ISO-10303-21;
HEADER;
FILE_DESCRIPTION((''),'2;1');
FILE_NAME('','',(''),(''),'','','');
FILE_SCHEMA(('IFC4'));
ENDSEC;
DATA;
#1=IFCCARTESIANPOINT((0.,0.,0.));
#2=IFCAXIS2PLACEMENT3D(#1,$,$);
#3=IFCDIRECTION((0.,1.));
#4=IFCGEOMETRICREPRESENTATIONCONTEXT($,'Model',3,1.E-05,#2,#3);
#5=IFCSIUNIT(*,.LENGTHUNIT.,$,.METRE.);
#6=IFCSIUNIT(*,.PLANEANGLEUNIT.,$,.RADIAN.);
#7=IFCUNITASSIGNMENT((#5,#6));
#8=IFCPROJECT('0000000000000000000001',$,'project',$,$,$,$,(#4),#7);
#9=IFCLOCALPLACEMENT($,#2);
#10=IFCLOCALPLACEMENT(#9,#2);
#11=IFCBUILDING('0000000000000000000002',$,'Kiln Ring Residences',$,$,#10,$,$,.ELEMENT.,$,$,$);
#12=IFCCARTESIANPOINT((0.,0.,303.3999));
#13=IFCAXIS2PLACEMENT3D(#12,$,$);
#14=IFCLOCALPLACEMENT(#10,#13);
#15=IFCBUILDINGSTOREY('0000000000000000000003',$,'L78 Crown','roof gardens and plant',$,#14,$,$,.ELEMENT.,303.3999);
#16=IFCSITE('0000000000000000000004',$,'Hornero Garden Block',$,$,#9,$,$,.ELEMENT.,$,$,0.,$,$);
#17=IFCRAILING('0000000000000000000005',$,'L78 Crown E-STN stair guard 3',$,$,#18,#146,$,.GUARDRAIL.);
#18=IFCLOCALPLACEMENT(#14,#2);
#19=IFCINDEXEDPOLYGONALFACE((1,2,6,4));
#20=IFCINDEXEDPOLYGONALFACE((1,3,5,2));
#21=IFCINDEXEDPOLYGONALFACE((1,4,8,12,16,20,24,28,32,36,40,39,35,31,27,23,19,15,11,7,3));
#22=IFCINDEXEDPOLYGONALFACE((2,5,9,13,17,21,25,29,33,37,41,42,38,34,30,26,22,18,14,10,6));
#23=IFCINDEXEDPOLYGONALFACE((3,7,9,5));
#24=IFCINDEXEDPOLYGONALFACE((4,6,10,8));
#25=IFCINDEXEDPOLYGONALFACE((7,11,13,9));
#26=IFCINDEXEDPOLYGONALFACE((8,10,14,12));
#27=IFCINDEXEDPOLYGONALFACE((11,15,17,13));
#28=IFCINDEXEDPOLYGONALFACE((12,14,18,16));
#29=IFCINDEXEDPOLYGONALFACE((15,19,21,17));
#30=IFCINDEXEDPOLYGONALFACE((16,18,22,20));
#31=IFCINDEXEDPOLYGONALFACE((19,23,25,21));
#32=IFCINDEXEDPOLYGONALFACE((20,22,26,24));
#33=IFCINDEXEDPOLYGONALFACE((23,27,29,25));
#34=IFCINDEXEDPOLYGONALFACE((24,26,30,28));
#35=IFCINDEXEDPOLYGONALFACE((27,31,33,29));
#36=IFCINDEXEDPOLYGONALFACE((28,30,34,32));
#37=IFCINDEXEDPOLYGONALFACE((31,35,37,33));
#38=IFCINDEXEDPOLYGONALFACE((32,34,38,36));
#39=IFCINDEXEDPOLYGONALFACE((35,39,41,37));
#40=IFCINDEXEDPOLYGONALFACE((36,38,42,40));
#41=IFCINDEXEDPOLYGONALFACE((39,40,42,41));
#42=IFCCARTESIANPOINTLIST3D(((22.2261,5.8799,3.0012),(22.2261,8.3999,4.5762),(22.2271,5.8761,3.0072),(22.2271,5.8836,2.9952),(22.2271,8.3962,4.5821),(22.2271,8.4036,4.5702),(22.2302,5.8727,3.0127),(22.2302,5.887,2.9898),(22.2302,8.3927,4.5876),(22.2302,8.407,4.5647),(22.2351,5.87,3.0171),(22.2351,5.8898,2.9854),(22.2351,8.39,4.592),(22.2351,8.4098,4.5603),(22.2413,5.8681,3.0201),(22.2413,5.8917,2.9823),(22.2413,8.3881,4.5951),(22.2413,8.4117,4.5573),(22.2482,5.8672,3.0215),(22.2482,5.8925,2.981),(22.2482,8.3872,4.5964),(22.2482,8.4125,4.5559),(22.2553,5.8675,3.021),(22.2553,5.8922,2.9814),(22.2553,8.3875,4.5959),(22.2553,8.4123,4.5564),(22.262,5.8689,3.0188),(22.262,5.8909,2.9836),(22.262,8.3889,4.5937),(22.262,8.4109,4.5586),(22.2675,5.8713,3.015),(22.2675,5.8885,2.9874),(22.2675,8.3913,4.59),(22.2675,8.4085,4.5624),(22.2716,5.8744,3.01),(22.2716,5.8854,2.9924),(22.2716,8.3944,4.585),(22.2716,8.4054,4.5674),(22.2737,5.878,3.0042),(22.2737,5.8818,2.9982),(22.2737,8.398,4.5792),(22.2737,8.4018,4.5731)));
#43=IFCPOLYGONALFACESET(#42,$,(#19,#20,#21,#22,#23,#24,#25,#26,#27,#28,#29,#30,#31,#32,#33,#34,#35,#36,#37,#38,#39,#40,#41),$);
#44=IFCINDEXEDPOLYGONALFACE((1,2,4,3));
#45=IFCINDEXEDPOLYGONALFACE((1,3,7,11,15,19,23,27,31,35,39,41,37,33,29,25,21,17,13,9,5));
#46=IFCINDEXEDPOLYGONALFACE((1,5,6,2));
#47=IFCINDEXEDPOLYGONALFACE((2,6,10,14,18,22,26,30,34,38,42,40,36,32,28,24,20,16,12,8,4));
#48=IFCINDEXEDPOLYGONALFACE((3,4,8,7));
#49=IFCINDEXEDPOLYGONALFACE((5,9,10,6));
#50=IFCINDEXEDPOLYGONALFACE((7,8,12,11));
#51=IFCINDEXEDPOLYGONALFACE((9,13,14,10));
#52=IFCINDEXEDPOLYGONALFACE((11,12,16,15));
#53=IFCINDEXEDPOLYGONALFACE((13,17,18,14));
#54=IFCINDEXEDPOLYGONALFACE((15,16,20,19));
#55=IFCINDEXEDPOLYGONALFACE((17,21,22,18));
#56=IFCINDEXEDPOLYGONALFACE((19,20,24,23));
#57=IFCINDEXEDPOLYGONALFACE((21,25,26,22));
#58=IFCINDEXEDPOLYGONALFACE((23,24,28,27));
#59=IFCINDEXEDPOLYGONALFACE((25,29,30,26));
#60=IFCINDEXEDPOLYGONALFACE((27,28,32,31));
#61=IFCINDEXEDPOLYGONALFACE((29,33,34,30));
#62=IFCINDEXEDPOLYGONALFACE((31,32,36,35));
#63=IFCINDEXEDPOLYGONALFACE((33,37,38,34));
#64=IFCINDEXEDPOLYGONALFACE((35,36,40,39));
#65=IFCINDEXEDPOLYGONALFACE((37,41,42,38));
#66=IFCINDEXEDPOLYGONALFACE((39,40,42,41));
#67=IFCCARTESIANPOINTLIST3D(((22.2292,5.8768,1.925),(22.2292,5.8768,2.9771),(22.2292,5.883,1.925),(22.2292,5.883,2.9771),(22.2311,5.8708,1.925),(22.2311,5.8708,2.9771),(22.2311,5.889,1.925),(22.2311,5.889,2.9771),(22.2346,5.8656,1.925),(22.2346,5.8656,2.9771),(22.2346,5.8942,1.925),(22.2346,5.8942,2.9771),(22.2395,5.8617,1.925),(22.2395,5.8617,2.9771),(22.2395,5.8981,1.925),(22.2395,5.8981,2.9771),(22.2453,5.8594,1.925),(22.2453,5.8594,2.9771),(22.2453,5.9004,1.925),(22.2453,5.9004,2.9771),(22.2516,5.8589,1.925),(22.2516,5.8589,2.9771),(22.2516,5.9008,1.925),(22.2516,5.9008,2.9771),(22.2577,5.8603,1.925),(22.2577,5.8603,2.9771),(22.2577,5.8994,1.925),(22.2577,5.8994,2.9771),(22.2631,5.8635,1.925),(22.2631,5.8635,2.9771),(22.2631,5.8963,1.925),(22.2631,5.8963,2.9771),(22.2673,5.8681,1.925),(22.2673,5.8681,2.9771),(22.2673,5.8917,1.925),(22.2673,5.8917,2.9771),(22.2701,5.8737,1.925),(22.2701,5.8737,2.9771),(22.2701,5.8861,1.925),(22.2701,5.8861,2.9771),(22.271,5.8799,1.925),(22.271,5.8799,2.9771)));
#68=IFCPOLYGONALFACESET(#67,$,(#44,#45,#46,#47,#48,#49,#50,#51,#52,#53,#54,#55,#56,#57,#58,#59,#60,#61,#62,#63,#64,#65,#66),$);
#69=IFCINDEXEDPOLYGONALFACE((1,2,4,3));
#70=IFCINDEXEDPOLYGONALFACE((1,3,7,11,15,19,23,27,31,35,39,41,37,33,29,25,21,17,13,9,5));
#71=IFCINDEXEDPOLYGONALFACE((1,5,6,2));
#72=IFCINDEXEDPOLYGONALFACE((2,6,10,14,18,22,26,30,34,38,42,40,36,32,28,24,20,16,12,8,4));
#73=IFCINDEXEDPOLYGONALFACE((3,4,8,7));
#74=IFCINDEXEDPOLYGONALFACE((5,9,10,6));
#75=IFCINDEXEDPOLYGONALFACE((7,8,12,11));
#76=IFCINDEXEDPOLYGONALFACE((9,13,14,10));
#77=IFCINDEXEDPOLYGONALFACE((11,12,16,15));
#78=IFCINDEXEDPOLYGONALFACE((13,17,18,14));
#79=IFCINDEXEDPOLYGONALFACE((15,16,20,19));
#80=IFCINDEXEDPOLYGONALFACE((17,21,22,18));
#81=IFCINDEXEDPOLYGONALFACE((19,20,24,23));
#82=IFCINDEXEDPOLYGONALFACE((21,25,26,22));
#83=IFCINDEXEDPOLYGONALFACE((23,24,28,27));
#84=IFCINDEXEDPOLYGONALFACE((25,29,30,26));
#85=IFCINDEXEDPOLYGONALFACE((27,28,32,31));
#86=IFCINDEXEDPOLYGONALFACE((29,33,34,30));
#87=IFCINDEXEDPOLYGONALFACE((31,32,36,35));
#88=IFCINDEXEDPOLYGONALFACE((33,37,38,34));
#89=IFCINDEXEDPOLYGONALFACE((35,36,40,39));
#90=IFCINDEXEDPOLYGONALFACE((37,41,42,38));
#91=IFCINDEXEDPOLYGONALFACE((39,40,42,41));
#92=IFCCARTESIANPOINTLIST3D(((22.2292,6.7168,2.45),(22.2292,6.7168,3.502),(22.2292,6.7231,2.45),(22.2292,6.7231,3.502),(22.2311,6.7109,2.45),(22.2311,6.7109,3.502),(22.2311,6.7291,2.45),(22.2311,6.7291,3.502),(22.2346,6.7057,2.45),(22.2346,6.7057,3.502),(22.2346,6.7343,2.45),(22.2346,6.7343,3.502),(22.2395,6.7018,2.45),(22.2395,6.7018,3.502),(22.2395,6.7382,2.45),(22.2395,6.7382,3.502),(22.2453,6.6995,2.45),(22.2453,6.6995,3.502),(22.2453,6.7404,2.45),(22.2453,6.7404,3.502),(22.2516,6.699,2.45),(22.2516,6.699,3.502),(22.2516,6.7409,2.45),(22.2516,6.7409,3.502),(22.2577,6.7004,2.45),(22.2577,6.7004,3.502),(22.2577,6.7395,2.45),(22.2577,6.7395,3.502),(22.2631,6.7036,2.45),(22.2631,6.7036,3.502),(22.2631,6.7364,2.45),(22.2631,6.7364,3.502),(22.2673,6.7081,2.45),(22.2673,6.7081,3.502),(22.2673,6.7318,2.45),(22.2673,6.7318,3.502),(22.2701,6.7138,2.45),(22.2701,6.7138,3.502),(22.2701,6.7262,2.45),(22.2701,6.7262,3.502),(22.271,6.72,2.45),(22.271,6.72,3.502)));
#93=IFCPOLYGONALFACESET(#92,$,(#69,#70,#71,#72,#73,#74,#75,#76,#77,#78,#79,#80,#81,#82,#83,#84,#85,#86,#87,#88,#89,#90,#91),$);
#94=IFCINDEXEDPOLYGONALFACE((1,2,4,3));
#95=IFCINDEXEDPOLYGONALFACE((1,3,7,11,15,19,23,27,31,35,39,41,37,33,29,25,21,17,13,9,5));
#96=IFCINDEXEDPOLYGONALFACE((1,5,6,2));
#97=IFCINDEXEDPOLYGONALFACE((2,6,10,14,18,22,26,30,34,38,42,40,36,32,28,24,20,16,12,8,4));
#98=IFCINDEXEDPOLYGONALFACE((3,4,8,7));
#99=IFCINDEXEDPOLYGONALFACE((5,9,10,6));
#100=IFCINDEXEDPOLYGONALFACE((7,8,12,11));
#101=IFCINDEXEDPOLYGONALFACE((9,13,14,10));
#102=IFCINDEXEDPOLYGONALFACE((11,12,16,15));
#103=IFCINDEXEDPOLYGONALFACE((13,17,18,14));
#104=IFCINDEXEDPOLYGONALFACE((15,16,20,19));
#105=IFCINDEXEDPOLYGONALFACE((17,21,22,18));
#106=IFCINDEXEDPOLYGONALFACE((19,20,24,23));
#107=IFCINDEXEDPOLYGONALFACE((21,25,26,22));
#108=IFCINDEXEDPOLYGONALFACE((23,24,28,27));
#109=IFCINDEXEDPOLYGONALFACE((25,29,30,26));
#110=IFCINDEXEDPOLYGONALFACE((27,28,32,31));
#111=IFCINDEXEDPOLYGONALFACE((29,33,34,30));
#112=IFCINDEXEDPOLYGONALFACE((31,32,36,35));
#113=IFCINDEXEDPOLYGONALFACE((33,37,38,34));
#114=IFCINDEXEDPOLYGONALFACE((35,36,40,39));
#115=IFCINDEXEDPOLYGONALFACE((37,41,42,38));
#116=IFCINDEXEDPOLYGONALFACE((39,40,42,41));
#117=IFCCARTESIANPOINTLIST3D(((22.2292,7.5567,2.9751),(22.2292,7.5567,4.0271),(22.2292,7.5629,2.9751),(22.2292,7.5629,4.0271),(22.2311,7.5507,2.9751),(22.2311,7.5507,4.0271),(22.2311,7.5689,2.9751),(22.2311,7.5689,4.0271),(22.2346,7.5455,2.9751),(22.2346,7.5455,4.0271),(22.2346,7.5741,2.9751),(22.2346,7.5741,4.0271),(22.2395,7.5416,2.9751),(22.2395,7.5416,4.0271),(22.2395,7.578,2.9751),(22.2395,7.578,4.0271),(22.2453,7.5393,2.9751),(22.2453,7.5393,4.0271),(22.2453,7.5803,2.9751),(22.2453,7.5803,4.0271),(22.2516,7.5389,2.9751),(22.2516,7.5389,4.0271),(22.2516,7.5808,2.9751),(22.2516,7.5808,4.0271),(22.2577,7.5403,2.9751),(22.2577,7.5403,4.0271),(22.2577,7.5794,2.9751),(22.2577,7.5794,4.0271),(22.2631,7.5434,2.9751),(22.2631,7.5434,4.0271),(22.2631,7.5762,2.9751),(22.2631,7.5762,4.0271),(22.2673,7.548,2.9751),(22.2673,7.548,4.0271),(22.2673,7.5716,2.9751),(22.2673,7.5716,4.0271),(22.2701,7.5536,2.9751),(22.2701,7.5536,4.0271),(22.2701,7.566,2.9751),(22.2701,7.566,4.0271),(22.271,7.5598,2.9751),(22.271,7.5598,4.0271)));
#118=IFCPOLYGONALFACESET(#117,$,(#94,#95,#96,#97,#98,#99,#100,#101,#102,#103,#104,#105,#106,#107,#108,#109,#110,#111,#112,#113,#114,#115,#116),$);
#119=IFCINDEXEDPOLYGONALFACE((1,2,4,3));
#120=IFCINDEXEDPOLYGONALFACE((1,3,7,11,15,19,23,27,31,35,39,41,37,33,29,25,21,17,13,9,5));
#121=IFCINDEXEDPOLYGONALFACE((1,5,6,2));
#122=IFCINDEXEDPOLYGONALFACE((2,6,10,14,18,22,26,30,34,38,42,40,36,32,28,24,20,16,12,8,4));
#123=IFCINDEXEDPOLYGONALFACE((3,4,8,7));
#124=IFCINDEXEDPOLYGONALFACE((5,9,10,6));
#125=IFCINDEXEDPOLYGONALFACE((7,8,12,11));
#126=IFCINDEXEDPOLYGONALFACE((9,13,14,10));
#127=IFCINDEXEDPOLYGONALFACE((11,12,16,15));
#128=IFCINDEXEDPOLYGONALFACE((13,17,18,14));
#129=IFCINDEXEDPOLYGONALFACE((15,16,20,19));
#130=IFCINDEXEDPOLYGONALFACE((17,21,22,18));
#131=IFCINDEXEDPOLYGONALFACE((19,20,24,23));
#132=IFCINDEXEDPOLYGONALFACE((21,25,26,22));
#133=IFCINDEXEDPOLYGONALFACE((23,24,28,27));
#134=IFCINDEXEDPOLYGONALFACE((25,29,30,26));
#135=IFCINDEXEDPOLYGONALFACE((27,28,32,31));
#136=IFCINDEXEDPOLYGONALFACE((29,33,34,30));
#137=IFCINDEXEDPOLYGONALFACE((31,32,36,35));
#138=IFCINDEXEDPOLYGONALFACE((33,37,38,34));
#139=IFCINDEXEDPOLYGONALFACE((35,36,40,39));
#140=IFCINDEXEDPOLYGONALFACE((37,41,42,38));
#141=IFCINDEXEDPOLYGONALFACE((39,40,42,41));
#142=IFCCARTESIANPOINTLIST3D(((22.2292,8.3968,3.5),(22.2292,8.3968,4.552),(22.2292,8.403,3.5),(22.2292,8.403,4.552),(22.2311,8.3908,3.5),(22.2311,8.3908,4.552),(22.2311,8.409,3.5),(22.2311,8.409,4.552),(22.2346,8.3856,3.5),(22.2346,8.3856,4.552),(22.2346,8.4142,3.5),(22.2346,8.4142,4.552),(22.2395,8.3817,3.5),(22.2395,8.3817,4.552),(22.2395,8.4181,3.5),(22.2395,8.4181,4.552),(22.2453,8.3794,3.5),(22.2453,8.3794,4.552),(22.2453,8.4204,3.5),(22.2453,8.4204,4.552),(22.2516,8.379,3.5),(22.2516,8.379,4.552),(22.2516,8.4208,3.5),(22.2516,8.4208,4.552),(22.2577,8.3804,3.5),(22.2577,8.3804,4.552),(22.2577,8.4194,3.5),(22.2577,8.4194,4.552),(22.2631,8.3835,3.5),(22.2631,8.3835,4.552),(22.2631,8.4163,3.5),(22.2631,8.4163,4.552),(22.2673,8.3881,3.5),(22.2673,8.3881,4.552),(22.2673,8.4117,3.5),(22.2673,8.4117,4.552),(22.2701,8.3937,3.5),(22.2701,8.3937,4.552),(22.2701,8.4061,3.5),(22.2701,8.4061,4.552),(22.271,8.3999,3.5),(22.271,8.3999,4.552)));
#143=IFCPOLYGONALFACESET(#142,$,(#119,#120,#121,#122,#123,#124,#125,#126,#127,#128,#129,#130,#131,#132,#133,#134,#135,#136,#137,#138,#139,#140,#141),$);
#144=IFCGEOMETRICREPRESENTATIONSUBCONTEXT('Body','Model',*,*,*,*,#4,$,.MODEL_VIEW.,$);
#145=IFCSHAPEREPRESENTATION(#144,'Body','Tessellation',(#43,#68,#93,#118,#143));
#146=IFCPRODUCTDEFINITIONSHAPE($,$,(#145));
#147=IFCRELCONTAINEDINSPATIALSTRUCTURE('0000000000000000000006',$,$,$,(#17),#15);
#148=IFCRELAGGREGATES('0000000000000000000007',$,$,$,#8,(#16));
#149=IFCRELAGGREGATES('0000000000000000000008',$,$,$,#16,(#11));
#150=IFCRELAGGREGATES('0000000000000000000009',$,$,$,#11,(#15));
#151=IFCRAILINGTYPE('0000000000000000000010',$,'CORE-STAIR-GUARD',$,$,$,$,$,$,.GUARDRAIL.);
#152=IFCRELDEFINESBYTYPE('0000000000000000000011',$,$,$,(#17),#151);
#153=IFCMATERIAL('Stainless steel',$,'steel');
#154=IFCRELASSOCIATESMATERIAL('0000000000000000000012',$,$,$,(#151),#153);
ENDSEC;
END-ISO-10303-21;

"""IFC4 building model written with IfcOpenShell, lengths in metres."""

from ifc_helpers import new_model, si_unit, direction, frame, origin, origin_2d, place, context, subcontext, project, spatial, circle, extrude, material, type_object, element, save


model = new_model("IFC4")

# Units and contexts
model_context = context("Model", 3, precision=1e-05, world=origin(), true_north=direction((0.0, 1.0)))
body_context = subcontext(model_context, "Body", "Model", "MODEL_VIEW")
ifc_project = project(units=[si_unit("LENGTHUNIT", "METRE"), si_unit("PLANEANGLEUNIT", "RADIAN")], contexts=[model_context])

# Site, building, storey
site_placement = place(None, origin())
site = spatial("IfcSite", under=ifc_project, at=site_placement, Name="Hornero Garden Block", CompositionType="ELEMENT", RefElevation=0.0)
building_placement = place(site_placement, origin())
building = spatial("IfcBuilding", under=site, at=building_placement, Name="Kiln Ring Residences", CompositionType="ELEMENT")
storey_placement = place(building_placement, frame((0.0, 0.0, 303.3999)))
storey = spatial("IfcBuildingStorey", under=building, at=storey_placement, Name="L78 Crown", Description="roof gardens and plant", CompositionType="ELEMENT", Elevation=303.3999)

# Railing
ifc_material_1 = material(Name="Stainless steel", Category="steel")
railing_type_1 = type_object("IfcRailingType", Name="CORE-STAIR-GUARD", PredefinedType="GUARDRAIL", material=ifc_material_1)
railing_1_placement = place(storey_placement, frame((22.25, 5.8799, 1.925)))
element("IfcRailing", 1, at=railing_1_placement, inside=storey, type_object=railing_type_1, Name="L78 Crown E-STN stair guard 3", PredefinedType="GUARDRAIL", context=body_context, shape_type="SweptSolid", body=[
    extrude(circle(Radius=0.0239, at=origin_2d()), frame((0.0, 0.0, 1.0762), z_axis=(0.0, 0.848008, 0.529984), x_axis=(-1.0, 0.0, 0.0)), (0.0, 0.0, 1.0), 2.9717),
    extrude(circle(Radius=0.021, at=origin_2d()), origin(), (0.0, 0.0, 1.0), 1.052),
    extrude(circle(Radius=0.021, at=origin_2d()), frame((0.0, 0.8401, 0.5249)), (0.0, 0.0, 1.0), 1.052),
    extrude(circle(Radius=0.021, at=origin_2d()), frame((0.0, 1.6799, 1.05)), (0.0, 0.0, 1.0), 1.052),
    extrude(circle(Radius=0.021, at=origin_2d()), frame((0.0, 2.52, 1.575)), (0.0, 0.0, 1.0), 1.052),
])

save(model, "model.ifc")
